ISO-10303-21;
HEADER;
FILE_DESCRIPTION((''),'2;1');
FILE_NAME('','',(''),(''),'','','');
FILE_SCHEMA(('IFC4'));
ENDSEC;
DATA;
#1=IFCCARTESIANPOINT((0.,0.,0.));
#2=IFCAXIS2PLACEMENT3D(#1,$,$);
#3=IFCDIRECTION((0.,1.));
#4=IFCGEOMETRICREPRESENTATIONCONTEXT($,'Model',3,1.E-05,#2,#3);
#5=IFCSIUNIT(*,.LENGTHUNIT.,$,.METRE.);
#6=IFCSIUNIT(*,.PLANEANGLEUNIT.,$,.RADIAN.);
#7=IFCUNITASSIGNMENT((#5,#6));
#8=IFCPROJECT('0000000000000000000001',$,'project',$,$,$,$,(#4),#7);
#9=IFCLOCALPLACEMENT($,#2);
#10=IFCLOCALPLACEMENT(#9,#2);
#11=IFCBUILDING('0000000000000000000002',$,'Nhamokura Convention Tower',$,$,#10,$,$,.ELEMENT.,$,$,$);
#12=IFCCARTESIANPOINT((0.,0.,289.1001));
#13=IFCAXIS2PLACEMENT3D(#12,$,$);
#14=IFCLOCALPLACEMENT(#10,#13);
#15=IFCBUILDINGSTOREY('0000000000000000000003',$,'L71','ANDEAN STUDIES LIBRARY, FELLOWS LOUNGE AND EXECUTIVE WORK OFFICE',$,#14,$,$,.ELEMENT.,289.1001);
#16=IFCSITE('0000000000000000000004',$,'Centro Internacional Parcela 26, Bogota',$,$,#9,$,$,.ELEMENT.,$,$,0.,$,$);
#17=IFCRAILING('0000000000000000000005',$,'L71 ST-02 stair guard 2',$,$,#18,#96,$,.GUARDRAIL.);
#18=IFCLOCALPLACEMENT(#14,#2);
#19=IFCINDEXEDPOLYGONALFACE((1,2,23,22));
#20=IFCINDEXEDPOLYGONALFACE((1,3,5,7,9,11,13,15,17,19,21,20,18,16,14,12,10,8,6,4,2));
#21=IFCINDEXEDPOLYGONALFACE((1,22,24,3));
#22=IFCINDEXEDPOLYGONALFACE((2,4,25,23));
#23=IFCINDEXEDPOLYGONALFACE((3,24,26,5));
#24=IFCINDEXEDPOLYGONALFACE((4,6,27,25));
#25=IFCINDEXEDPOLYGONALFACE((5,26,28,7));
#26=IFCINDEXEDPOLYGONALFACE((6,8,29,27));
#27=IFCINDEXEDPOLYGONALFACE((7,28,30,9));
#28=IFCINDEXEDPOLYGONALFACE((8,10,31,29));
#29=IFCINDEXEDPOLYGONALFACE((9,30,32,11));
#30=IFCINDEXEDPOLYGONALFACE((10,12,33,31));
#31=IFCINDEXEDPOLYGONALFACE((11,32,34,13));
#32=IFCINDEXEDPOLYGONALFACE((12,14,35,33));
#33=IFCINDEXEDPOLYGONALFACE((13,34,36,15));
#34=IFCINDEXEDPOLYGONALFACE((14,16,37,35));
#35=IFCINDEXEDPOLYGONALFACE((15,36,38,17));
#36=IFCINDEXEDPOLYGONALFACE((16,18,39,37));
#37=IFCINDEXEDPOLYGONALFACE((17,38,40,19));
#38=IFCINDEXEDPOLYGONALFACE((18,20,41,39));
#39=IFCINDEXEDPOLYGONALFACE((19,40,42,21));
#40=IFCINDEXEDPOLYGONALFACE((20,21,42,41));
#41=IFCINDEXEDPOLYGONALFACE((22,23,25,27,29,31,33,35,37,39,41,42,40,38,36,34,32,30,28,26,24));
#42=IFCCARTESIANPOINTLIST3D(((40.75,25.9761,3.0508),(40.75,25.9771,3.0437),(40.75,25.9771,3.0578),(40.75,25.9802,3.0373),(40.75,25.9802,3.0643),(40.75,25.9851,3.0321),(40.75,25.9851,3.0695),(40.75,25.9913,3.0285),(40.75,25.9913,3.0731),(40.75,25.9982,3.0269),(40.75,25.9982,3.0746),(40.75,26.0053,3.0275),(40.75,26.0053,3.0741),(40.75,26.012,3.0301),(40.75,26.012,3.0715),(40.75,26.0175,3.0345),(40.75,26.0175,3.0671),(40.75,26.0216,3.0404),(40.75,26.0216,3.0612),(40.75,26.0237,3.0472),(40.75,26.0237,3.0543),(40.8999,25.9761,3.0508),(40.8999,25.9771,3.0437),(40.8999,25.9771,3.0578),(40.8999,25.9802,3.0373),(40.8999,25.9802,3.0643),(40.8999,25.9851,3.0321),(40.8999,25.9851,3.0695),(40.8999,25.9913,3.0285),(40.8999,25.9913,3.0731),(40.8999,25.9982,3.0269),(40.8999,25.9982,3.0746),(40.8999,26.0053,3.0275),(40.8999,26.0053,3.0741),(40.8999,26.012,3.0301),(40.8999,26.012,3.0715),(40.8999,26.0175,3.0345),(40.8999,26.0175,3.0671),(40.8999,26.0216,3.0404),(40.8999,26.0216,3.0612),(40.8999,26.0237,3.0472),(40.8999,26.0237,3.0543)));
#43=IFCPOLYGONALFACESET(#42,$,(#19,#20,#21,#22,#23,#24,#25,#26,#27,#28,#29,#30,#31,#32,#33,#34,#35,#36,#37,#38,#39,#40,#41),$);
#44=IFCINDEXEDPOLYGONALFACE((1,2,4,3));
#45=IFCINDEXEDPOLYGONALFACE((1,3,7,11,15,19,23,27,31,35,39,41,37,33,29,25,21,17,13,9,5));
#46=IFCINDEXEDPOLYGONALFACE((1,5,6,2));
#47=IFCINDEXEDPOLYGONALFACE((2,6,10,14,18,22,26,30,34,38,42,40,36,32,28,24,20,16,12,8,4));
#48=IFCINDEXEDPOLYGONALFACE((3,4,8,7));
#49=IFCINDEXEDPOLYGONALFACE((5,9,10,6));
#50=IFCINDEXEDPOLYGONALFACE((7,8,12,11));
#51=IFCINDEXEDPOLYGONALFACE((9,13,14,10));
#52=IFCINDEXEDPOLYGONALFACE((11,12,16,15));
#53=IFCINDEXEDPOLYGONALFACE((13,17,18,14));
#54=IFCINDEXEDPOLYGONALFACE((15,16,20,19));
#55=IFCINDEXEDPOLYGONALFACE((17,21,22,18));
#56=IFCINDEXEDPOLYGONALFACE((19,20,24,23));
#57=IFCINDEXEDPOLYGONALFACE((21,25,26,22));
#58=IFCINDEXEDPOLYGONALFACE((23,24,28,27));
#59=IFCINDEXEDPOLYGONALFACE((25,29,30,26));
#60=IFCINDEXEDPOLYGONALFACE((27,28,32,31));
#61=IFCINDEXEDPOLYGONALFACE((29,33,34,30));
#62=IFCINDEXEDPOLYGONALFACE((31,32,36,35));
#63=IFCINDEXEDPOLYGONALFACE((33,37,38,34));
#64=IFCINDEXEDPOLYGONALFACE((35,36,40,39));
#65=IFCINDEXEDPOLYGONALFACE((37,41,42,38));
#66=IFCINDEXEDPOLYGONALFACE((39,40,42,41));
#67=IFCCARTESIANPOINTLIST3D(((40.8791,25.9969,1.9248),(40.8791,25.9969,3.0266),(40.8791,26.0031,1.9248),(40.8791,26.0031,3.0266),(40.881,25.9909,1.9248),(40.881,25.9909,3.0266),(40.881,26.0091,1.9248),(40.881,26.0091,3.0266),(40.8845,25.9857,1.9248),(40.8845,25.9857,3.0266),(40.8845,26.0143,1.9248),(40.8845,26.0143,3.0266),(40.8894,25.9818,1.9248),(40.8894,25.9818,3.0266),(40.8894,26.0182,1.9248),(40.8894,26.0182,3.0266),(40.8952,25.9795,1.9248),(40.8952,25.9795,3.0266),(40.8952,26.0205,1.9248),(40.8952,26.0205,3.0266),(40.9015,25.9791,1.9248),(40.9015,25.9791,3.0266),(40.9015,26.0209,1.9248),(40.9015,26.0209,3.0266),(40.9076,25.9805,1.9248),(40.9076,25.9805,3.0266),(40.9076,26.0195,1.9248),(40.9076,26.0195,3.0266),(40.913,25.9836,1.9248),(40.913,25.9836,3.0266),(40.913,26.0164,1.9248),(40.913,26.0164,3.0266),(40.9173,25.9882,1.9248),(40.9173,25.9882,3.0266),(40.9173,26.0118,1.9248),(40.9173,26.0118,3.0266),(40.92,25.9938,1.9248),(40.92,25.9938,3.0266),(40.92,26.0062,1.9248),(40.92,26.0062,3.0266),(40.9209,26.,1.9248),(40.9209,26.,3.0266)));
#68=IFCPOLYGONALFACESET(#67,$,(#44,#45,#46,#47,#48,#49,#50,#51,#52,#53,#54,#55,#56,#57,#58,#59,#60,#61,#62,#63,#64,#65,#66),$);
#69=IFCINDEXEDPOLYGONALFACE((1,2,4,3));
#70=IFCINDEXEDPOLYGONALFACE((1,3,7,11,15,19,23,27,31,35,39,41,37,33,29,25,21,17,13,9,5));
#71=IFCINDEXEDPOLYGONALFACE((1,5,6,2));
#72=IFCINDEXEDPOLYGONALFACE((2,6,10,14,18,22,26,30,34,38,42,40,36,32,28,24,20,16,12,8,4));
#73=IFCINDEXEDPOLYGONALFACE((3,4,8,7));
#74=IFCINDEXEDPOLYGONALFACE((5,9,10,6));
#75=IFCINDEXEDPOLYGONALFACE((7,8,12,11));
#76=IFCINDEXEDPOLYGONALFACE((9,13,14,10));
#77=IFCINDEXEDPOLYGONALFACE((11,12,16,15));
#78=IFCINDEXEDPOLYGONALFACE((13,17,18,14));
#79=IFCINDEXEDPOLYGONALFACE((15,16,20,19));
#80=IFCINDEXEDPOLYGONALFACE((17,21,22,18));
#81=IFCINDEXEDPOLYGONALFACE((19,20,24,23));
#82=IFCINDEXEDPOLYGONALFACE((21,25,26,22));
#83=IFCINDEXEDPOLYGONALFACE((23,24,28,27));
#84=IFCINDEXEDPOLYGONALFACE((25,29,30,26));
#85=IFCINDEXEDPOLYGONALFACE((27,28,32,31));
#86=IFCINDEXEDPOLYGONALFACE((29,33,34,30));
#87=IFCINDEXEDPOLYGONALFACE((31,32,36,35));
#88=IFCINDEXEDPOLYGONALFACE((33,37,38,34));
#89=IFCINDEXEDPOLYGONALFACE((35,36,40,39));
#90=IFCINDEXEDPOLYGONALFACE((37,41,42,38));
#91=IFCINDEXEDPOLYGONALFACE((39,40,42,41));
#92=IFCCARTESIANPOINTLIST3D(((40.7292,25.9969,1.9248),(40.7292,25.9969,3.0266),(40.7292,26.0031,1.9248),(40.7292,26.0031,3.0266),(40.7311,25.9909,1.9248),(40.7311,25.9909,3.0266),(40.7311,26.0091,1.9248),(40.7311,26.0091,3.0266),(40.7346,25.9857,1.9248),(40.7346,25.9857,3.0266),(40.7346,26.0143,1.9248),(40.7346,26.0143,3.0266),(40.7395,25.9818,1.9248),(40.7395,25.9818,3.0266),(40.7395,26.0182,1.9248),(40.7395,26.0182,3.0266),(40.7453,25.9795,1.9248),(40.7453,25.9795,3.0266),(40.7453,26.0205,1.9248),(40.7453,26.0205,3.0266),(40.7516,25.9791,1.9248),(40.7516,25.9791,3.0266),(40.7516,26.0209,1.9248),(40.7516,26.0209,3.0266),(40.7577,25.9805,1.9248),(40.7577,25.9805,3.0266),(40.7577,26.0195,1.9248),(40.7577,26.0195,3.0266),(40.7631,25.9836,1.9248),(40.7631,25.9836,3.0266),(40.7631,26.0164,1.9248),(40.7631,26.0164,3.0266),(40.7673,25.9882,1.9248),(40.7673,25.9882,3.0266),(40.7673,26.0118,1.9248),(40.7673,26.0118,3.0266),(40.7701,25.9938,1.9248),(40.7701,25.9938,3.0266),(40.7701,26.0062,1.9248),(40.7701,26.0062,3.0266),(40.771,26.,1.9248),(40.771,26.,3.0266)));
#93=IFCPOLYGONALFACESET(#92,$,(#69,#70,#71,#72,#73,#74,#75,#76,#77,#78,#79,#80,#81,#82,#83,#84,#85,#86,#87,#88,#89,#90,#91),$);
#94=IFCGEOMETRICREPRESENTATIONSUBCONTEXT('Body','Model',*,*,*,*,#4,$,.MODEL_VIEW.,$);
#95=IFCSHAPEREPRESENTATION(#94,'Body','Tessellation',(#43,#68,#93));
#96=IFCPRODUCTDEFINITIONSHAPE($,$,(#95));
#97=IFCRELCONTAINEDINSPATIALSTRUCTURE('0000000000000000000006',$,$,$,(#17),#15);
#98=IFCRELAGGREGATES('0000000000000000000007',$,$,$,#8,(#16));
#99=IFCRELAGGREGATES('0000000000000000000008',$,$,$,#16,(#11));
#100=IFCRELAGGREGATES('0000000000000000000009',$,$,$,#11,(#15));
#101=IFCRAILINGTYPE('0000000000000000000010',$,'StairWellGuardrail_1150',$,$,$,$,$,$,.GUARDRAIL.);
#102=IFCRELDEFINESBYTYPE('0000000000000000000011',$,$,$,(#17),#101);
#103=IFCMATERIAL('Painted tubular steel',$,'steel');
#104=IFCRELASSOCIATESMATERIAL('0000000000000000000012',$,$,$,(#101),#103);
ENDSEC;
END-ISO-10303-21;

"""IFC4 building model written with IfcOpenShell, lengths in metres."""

from ifc_helpers import new_model, si_unit, direction, frame, origin, origin_2d, place, context, subcontext, project, spatial, circle, extrude, material, type_object, element, save


model = new_model("IFC4")

# Units and contexts
model_context = context("Model", 3, precision=1e-05, world=origin(), true_north=direction((0.0, 1.0)))
body_context = subcontext(model_context, "Body", "Model", "MODEL_VIEW")
ifc_project = project(units=[si_unit("LENGTHUNIT", "METRE"), si_unit("PLANEANGLEUNIT", "RADIAN")], contexts=[model_context])

# Site, building, storey
site_placement = place(None, origin())
site = spatial("IfcSite", under=ifc_project, at=site_placement, Name="Centro Internacional Parcela 26, Bogota", CompositionType="ELEMENT", RefElevation=0.0)
building_placement = place(site_placement, origin())
building = spatial("IfcBuilding", under=site, at=building_placement, Name="Nhamokura Convention Tower", CompositionType="ELEMENT")
storey_placement = place(building_placement, frame((0.0, 0.0, 289.1001)))
storey = spatial("IfcBuildingStorey", under=building, at=storey_placement, Name="L71", Description="ANDEAN STUDIES LIBRARY, FELLOWS LOUNGE AND EXECUTIVE WORK OFFICE", CompositionType="ELEMENT", Elevation=289.1001)

# Railing
ifc_material_1 = material(Name="Painted tubular steel", Category="steel")
railing_type_1 = type_object("IfcRailingType", Name="StairWellGuardrail_1150", PredefinedType="GUARDRAIL", material=ifc_material_1)
railing_1_placement = place(storey_placement, frame((40.8999, 26.0, 1.9248)))
element("IfcRailing", 1, at=railing_1_placement, inside=storey, type_object=railing_type_1, Name="L71 ST-02 stair guard 2", PredefinedType="GUARDRAIL", context=body_context, shape_type="SweptSolid", body=[
    extrude(circle(Radius=0.0239, at=origin_2d()), frame((0.0, 0.0, 1.126), z_axis=(-1.0, 0.0, 0.0), x_axis=(0.0, -1.0, 0.0)), (0.0, 0.0, 1.0), 0.1499),
    extrude(circle(Radius=0.021, at=origin_2d()), origin(), (0.0, 0.0, 1.0), 1.1018),
    extrude(circle(Radius=0.021, at=origin_2d()), frame((-0.1499, 0.0, 0.0)), (0.0, 0.0, 1.0), 1.1018),
])

save(model, "model.ifc")
